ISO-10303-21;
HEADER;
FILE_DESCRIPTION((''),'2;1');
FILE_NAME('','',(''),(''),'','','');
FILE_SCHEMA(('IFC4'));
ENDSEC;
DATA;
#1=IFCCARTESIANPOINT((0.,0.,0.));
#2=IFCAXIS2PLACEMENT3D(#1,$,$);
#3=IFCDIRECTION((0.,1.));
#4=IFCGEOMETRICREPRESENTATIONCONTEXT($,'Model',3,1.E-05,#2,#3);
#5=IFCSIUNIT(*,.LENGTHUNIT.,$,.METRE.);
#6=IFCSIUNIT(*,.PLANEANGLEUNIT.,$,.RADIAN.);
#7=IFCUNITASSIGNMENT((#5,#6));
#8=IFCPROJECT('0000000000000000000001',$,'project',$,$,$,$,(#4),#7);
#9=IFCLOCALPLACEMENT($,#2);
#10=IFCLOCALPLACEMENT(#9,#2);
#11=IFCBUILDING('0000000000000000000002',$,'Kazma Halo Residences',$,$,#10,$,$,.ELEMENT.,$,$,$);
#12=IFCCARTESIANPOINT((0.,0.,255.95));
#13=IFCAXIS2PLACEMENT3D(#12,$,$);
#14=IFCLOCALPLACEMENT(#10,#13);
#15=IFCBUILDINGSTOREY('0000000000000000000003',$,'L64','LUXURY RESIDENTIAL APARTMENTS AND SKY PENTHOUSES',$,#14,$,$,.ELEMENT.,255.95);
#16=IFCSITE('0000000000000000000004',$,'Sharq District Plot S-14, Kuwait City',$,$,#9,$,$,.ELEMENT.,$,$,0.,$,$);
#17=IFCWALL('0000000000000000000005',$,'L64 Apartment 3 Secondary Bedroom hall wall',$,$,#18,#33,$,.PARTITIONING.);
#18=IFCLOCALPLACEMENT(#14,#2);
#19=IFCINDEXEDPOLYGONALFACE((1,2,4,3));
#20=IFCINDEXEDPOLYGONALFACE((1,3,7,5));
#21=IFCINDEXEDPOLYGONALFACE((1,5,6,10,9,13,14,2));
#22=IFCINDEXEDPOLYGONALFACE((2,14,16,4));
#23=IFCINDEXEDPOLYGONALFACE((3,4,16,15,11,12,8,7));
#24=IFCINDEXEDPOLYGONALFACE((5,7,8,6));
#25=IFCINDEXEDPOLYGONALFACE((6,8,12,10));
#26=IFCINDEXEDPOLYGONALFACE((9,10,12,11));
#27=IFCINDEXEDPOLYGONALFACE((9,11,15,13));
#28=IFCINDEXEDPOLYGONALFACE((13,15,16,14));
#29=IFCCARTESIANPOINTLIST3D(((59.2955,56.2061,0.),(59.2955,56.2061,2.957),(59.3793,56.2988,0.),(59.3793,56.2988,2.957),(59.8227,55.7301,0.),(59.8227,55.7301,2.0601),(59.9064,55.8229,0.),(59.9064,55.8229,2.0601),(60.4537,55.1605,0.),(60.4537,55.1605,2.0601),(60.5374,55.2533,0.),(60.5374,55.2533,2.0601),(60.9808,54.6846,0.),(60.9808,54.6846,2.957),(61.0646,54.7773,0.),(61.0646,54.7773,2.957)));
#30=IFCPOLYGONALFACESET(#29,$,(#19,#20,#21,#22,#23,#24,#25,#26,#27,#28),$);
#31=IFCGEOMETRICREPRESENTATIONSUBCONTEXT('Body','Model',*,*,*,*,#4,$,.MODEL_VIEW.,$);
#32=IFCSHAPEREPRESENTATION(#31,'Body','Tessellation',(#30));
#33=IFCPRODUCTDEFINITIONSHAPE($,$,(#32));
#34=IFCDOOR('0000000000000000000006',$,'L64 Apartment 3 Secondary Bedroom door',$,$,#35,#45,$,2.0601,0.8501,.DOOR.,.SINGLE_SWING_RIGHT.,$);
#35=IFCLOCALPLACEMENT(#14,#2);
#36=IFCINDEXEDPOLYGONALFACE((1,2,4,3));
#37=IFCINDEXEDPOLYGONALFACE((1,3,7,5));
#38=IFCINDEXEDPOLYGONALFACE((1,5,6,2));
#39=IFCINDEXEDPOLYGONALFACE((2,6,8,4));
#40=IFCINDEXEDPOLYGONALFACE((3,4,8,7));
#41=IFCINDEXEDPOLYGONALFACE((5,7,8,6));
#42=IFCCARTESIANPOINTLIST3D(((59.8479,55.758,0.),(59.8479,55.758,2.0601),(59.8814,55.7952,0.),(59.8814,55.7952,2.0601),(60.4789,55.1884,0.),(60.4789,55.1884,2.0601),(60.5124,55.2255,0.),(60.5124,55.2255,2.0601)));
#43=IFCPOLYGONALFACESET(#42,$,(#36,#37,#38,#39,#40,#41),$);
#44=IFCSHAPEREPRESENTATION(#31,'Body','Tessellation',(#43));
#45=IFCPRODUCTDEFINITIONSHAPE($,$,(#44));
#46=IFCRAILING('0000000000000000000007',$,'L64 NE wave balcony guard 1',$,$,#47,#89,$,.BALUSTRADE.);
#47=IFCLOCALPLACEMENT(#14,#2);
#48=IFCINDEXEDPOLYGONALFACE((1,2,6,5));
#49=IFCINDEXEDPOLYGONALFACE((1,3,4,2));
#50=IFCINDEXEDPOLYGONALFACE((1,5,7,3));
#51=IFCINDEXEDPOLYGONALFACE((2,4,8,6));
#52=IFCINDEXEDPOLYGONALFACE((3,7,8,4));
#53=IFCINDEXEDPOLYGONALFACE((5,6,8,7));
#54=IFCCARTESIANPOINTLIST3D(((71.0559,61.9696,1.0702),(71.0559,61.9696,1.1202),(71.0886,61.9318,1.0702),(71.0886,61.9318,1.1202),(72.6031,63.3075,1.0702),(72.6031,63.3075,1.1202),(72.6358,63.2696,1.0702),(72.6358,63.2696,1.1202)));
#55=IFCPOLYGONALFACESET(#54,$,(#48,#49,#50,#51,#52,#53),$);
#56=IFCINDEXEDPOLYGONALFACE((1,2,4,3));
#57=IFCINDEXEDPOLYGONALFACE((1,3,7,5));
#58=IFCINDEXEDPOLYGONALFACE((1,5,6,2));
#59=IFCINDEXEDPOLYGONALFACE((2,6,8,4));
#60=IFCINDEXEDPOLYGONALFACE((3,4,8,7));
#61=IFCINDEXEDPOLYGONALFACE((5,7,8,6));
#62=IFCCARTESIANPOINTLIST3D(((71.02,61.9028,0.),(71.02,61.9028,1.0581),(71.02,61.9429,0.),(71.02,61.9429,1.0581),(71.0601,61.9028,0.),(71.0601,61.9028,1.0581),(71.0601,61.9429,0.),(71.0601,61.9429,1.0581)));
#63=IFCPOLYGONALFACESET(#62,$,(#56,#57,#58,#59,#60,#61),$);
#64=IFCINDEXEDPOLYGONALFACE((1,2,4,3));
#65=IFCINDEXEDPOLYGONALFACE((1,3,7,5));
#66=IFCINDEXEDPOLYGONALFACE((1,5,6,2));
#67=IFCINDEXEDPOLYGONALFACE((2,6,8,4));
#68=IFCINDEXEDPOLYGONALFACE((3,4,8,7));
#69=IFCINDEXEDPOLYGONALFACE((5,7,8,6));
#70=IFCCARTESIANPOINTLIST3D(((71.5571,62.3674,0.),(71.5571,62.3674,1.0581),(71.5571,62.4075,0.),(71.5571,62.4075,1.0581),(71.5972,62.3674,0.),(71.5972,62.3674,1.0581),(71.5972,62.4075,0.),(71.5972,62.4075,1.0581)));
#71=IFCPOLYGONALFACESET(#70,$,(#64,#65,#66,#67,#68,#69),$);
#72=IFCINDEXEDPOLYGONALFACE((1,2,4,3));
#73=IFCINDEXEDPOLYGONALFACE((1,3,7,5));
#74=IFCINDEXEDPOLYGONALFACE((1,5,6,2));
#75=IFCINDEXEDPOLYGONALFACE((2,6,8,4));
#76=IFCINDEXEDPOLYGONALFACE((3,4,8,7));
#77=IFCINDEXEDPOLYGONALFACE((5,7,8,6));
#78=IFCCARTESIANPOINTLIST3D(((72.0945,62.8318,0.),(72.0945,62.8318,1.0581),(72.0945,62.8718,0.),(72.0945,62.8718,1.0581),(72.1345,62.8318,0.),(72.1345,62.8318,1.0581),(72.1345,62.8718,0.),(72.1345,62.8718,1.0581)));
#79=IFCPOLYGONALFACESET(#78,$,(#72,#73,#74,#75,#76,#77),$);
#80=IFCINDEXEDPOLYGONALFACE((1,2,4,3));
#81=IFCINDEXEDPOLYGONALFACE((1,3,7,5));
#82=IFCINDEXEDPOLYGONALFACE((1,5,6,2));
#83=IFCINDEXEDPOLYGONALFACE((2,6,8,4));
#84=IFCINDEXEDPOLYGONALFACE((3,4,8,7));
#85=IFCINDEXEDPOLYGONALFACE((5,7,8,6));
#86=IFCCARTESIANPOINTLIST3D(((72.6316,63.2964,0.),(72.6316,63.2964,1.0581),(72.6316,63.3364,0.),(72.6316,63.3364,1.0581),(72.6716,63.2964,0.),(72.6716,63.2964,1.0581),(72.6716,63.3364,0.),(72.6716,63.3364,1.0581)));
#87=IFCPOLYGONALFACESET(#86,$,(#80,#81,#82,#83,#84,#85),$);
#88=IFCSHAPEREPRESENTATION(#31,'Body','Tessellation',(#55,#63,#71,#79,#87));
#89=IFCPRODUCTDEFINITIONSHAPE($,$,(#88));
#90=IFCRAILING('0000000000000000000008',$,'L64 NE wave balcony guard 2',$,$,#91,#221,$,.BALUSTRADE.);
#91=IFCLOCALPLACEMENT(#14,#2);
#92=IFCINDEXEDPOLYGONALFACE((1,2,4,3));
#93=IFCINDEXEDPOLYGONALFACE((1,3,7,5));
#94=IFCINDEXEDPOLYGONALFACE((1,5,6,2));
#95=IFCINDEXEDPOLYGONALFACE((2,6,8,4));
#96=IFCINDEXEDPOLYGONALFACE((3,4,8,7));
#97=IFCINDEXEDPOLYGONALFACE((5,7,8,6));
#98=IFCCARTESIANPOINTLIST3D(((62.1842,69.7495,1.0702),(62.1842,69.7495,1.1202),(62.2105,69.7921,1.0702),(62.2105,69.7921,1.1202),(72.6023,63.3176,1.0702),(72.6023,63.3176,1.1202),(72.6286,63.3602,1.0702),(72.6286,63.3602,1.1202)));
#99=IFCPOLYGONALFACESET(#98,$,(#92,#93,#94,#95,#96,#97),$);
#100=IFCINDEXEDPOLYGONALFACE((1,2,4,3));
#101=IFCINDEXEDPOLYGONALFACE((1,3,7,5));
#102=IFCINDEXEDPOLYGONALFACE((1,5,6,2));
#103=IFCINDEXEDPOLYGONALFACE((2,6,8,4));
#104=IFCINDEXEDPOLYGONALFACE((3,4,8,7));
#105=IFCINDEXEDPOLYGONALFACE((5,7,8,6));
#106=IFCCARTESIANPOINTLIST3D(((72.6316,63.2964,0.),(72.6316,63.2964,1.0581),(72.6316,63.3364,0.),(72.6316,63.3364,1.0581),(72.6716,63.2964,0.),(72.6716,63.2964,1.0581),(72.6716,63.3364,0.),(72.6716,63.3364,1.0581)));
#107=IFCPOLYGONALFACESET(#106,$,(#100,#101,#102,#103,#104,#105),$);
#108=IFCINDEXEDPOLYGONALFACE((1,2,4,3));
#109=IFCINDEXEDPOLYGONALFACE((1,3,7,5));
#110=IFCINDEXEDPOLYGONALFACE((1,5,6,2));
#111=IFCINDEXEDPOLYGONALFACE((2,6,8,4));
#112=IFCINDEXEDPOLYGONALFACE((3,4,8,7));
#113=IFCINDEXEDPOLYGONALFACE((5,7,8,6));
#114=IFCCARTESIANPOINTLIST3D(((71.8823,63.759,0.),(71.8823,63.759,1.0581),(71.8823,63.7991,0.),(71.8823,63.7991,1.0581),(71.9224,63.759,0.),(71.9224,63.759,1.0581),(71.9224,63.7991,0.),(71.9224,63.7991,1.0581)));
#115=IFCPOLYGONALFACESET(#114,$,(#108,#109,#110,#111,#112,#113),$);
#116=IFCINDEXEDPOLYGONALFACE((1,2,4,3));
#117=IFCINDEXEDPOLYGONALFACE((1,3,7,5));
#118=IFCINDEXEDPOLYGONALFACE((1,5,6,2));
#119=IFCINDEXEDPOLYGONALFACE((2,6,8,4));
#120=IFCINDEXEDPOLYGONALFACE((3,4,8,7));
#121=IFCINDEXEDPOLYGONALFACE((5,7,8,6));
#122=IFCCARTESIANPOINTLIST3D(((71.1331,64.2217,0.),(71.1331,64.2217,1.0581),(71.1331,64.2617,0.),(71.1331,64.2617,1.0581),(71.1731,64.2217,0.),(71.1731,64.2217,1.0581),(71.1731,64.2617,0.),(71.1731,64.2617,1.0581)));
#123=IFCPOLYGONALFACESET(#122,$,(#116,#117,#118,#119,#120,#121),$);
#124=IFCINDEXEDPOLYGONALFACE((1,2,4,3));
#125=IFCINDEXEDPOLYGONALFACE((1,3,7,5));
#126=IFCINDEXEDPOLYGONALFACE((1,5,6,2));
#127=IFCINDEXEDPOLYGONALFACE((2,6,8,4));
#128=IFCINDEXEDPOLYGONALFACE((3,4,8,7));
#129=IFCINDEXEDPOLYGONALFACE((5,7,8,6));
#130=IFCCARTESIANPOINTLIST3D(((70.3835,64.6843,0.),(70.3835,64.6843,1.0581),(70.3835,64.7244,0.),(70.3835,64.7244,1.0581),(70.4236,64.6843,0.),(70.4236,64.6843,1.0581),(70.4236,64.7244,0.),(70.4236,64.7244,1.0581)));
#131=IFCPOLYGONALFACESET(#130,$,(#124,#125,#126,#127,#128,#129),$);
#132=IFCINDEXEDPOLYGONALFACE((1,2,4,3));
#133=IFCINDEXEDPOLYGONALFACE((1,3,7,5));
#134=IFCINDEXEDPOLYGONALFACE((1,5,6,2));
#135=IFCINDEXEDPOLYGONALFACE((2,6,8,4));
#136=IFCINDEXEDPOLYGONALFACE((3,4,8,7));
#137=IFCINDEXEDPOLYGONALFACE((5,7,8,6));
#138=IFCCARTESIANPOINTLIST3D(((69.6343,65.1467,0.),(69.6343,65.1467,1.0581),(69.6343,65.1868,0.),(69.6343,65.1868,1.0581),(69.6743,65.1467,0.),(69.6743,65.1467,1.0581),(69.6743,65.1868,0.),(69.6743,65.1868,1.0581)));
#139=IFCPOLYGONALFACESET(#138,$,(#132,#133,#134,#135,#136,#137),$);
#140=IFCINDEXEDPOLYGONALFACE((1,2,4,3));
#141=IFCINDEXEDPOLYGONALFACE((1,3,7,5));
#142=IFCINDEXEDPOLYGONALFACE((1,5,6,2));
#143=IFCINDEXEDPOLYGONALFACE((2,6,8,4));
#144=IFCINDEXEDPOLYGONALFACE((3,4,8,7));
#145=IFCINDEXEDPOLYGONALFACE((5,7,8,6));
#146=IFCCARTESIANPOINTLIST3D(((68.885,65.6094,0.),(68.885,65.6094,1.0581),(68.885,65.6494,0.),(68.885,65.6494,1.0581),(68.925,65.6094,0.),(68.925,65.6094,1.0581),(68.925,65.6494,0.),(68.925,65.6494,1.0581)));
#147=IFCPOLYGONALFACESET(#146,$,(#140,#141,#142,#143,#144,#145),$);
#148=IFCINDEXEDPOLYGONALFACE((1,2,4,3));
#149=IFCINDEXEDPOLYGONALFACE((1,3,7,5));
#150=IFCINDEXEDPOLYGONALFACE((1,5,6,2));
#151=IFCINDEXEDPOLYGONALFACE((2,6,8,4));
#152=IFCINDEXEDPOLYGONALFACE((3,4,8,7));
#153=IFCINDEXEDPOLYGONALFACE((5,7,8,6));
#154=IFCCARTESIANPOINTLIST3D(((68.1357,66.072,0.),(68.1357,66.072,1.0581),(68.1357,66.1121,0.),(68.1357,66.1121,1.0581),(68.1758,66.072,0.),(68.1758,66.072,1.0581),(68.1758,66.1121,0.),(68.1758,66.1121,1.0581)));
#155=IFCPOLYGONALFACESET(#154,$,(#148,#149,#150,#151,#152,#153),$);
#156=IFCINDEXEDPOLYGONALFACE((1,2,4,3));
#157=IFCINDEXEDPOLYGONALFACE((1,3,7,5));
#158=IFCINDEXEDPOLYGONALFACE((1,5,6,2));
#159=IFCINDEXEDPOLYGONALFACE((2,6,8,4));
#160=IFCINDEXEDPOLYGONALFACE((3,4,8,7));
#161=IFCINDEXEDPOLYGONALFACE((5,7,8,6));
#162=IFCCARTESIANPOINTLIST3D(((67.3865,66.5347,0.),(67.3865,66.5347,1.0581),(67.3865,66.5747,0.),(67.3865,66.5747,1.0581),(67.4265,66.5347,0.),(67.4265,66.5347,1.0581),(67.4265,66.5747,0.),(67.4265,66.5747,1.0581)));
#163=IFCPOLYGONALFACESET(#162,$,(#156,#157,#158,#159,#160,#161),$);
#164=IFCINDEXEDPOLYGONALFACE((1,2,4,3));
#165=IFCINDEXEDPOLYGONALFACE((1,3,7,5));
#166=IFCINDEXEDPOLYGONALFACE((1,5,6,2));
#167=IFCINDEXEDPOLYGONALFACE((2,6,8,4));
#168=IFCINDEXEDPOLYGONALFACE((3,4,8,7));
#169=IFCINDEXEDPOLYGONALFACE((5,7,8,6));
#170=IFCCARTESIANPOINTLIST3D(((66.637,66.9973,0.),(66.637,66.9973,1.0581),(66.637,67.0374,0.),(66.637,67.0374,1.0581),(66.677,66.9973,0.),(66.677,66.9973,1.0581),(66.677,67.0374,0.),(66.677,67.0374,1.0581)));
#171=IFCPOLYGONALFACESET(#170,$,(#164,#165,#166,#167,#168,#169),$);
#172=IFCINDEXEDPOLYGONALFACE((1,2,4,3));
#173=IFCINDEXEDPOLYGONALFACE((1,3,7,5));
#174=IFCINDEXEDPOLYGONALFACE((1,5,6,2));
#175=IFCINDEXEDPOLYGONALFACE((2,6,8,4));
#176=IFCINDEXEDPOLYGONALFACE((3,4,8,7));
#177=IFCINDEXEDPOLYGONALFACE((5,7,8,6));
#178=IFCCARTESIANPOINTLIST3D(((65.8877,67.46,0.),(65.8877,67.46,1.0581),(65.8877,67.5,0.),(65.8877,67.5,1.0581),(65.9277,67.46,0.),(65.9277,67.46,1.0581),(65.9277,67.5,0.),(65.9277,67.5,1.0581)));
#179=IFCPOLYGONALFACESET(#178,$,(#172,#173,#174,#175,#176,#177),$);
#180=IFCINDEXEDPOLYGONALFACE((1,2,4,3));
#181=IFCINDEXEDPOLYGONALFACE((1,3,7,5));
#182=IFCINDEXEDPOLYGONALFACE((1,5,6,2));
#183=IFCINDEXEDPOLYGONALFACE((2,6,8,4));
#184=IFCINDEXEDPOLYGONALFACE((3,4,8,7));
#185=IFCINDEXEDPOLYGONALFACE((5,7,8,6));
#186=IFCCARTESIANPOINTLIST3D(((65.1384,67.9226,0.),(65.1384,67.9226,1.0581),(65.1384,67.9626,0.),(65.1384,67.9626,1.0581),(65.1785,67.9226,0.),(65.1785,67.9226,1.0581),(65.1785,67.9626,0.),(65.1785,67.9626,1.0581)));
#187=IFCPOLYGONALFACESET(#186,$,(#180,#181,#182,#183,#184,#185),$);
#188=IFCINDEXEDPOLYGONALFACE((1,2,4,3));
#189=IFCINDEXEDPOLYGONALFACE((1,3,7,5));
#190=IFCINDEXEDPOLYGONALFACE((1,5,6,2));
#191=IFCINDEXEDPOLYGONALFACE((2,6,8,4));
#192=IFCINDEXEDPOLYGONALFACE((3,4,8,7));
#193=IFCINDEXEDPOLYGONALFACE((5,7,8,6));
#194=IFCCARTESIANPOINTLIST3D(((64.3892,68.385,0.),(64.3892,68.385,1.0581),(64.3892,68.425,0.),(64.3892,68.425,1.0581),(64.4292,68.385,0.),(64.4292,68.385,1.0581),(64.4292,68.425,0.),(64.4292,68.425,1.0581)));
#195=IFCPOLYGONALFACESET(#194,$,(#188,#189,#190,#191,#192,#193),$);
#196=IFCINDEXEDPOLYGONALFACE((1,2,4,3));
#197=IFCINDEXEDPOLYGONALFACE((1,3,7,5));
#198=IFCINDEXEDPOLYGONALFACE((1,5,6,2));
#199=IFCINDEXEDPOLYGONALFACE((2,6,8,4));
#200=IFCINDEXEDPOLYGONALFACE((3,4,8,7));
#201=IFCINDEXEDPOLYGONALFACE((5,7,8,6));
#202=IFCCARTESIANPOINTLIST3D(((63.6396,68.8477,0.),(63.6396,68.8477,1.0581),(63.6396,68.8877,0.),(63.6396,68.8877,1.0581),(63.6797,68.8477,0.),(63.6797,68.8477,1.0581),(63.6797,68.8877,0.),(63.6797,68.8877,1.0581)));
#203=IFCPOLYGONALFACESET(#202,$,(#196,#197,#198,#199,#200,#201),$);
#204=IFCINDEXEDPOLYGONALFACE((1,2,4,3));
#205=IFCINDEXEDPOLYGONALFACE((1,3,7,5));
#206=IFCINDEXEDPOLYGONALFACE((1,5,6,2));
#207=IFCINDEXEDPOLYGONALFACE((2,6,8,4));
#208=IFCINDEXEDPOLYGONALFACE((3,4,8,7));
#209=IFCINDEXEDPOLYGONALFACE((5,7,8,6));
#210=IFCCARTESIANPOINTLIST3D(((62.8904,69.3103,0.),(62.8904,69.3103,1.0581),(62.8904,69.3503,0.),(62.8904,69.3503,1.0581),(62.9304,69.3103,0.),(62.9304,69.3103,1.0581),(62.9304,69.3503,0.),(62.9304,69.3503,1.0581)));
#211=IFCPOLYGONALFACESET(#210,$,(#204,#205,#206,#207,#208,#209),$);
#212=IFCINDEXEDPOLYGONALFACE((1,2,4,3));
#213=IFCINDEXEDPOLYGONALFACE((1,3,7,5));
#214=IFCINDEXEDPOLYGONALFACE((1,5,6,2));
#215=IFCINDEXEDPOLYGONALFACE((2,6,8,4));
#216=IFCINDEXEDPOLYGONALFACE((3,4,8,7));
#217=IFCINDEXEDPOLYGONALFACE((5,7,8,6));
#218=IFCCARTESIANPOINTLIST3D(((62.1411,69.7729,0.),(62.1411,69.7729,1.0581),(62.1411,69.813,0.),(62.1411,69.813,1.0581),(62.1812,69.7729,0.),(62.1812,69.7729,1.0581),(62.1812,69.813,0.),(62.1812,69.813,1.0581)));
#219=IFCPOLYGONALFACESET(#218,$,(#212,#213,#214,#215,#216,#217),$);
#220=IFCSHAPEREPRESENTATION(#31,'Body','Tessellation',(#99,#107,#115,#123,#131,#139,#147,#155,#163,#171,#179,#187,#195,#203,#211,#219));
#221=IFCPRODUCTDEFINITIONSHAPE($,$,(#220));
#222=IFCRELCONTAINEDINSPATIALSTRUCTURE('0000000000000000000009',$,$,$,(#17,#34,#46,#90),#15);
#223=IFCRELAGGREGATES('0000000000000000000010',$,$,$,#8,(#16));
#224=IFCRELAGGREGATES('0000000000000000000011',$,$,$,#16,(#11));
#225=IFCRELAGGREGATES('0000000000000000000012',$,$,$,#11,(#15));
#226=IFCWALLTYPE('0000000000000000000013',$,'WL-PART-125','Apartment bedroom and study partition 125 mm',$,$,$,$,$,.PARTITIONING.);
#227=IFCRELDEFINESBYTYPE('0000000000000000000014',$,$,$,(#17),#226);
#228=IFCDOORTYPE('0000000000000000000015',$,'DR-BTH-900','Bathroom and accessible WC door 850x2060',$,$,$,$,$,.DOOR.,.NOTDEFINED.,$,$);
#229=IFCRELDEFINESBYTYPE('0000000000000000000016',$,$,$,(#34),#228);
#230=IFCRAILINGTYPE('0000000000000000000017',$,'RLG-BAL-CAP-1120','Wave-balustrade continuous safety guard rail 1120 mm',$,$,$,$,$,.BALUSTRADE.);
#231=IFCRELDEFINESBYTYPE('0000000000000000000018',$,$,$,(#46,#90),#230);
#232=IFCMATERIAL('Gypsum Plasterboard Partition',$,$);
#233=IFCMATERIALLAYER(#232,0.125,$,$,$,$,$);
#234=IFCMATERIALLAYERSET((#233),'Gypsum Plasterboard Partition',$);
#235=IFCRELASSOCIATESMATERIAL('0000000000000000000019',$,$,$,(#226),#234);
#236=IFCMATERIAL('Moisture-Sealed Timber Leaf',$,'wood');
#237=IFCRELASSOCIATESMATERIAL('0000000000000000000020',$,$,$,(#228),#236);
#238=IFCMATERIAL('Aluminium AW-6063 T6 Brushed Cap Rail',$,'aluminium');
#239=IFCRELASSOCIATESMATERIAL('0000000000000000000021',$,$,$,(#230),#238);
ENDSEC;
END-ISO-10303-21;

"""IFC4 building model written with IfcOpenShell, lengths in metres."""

from ifc_helpers import new_model, si_unit, direction, frame, frame_2d, origin, origin_2d, place, context, subcontext, project, spatial, rectangle, extrude, material, layer, layer_set, type_object, element, fill, save


model = new_model("IFC4")

# Units and contexts
model_context = context("Model", 3, precision=1e-05, world=origin(), true_north=direction((0.0, 1.0)))
body_context = subcontext(model_context, "Body", "Model", "MODEL_VIEW")
ifc_project = project(units=[si_unit("LENGTHUNIT", "METRE"), si_unit("PLANEANGLEUNIT", "RADIAN")], contexts=[model_context])

# Site, building, storey
site_placement = place(None, origin())
site = spatial("IfcSite", under=ifc_project, at=site_placement, Name="Sharq District Plot S-14, Kuwait City", CompositionType="ELEMENT", RefElevation=0.0)
building_placement = place(site_placement, origin())
building = spatial("IfcBuilding", under=site, at=building_placement, Name="Kazma Halo Residences", CompositionType="ELEMENT")
storey_placement = place(building_placement, frame((0.0, 0.0, 255.95)))
storey = spatial("IfcBuildingStorey", under=building, at=storey_placement, Name="L64", Description="LUXURY RESIDENTIAL APARTMENTS AND SKY PENTHOUSES", CompositionType="ELEMENT", Elevation=255.95)

# Shared definitions
ifc_material_1 = material(Name="Gypsum Plasterboard Partition")
ifc_layer_1 = layer(ifc_material_1, 0.125)
ifc_layer_set_1 = layer_set([ifc_layer_1], Name="Gypsum Plasterboard Partition")
wall_type_1 = type_object("IfcWallType", Name="WL-PART-125", Description="Apartment bedroom and study partition 125 mm", PredefinedType="PARTITIONING", material=ifc_layer_set_1)

# Wall, opening, door
wall_1_placement = place(storey_placement, frame((61.0227, 54.731, 0.0), z_axis=(0.0, 0.0, 1.0), x_axis=(-0.742261, 0.67011, 0.0)))
wall_1 = element("IfcWall", 1, at=wall_1_placement, inside=storey, type_object=wall_type_1, Name="L64 Apartment 3 Secondary Bedroom hall wall", PredefinedType="PARTITIONING", context=body_context, shape_type="SweptSolid", body=[
    extrude(rectangle(XDim=2.2705, YDim=0.125, at=frame_2d((1.1353, 0.0))), origin(), (0.0, 0.0, 1.0), 2.957),
])
opening_1_placement = place(wall_1_placement, frame((0.7102, 0.0, 0.0)))
opening_1 = element("IfcOpeningElement", 2, at=opening_1_placement, cuts=wall_1, PredefinedType="OPENING", context=body_context, shape_type="SweptSolid", body=[
    extrude(rectangle(XDim=0.8501, YDim=2.0601, at=frame_2d((0.425, 1.03))), frame((0.0, 0.0725, 0.0), z_axis=(0.0, -1.0, 0.0), x_axis=(1.0, 0.0, 0.0)), (0.0, 0.0, 1.0), 0.145),
])
ifc_material_2 = material(Name="Moisture-Sealed Timber Leaf", Category="wood")
door_type_1 = type_object("IfcDoorType", Name="DR-BTH-900", Description="Bathroom and accessible WC door 850x2060", OperationType="NOTDEFINED", PredefinedType="DOOR", material=ifc_material_2)
door_1_placement = place(opening_1_placement, origin())
door_1 = element("IfcDoor", 3, at=door_1_placement, inside=storey, type_object=door_type_1, Name="L64 Apartment 3 Secondary Bedroom door", OperationType="SINGLE_SWING_RIGHT", OverallHeight=2.0601, OverallWidth=0.8501, PredefinedType="DOOR", context=body_context, shape_type="SweptSolid", body=[
    extrude(rectangle(XDim=0.8501, YDim=2.0601, at=frame_2d((0.425, 1.03))), frame((0.0, 0.0249, 0.0), z_axis=(0.0, -1.0, 0.0), x_axis=(1.0, 0.0, 0.0)), (0.0, 0.0, 1.0), 0.05),
])
fill(opening_1, door_1)

# Railings
ifc_material_3 = material(Name="Aluminium AW-6063 T6 Brushed Cap Rail", Category="aluminium")
railing_type = type_object("IfcRailingType", Name="RLG-BAL-CAP-1120", Description="Wave-balustrade continuous safety guard rail 1120 mm", PredefinedType="BALUSTRADE", material=ifc_material_3)
railing_1_placement = place(storey_placement, frame((71.04, 61.9229, 0.0)))
element("IfcRailing", 4, at=railing_1_placement, inside=storey, type_object=railing_type, Name="L64 NE wave balcony guard 1", PredefinedType="BALUSTRADE", context=body_context, shape_type="SweptSolid", body=[
    extrude(rectangle(XDim=0.05, YDim=0.05, at=origin_2d()), frame((0.0322, 0.0278, 1.0952), z_axis=(0.756418, 0.654088, 0.0), x_axis=(-0.654088, 0.756418, 0.0)), (0.0, 0.0, 1.0), 2.0454),
    extrude(rectangle(XDim=0.04, YDim=0.04, at=origin_2d()), origin(), (0.0, 0.0, 1.0), 1.0581),
    extrude(rectangle(XDim=0.04, YDim=0.04, at=origin_2d()), frame((0.5371, 0.4646, 0.0)), (0.0, 0.0, 1.0), 1.0581),
    extrude(rectangle(XDim=0.04, YDim=0.04, at=origin_2d()), frame((1.0745, 0.929, 0.0)), (0.0, 0.0, 1.0), 1.0581),
    extrude(rectangle(XDim=0.04, YDim=0.04, at=origin_2d()), frame((1.6116, 1.3936, 0.0)), (0.0, 0.0, 1.0), 1.0581),
])
railing_2_placement = place(storey_placement, frame((72.6516, 63.3164, 0.0)))
element("IfcRailing", 5, at=railing_2_placement, inside=storey, type_object=railing_type, Name="L64 NE wave balcony guard 2", PredefinedType="BALUSTRADE", context=body_context, shape_type="SweptSolid", body=[
    extrude(rectangle(XDim=0.05, YDim=0.05, at=origin_2d()), frame((-0.0361, 0.0225, 1.0952), z_axis=(-0.850901, 0.525325, 0.0), x_axis=(-0.525325, -0.850901, 0.0)), (0.0, 0.0, 1.0), 12.2437),
    extrude(rectangle(XDim=0.04, YDim=0.04, at=origin_2d()), origin(), (0.0, 0.0, 1.0), 1.0581),
    extrude(rectangle(XDim=0.04, YDim=0.04, at=origin_2d()), frame((-0.7493, 0.4626, 0.0)), (0.0, 0.0, 1.0), 1.0581),
    extrude(rectangle(XDim=0.04, YDim=0.04, at=origin_2d()), frame((-1.4985, 0.9253, 0.0)), (0.0, 0.0, 1.0), 1.0581),
    extrude(rectangle(XDim=0.04, YDim=0.04, at=origin_2d()), frame((-2.248, 1.3879, 0.0)), (0.0, 0.0, 1.0), 1.0581),
    extrude(rectangle(XDim=0.04, YDim=0.04, at=origin_2d()), frame((-2.9973, 1.8503, 0.0)), (0.0, 0.0, 1.0), 1.0581),
    extrude(rectangle(XDim=0.04, YDim=0.04, at=origin_2d()), frame((-3.7466, 2.313, 0.0)), (0.0, 0.0, 1.0), 1.0581),
    extrude(rectangle(XDim=0.04, YDim=0.04, at=origin_2d()), frame((-4.4958, 2.7756, 0.0)), (0.0, 0.0, 1.0), 1.0581),
    extrude(rectangle(XDim=0.04, YDim=0.04, at=origin_2d()), frame((-5.2451, 3.2383, 0.0)), (0.0, 0.0, 1.0), 1.0581),
    extrude(rectangle(XDim=0.04, YDim=0.04, at=origin_2d()), frame((-5.9946, 3.7009, 0.0)), (0.0, 0.0, 1.0), 1.0581),
    extrude(rectangle(XDim=0.04, YDim=0.04, at=origin_2d()), frame((-6.7439, 4.1636, 0.0)), (0.0, 0.0, 1.0), 1.0581),
    extrude(rectangle(XDim=0.04, YDim=0.04, at=origin_2d()), frame((-7.4932, 4.6262, 0.0)), (0.0, 0.0, 1.0), 1.0581),
    extrude(rectangle(XDim=0.04, YDim=0.04, at=origin_2d()), frame((-8.2424, 5.0886, 0.0)), (0.0, 0.0, 1.0), 1.0581),
    extrude(rectangle(XDim=0.04, YDim=0.04, at=origin_2d()), frame((-8.9919, 5.5513, 0.0)), (0.0, 0.0, 1.0), 1.0581),
    extrude(rectangle(XDim=0.04, YDim=0.04, at=origin_2d()), frame((-9.7412, 6.0139, 0.0)), (0.0, 0.0, 1.0), 1.0581),
    extrude(rectangle(XDim=0.04, YDim=0.04, at=origin_2d()), frame((-10.4905, 6.4766, 0.0)), (0.0, 0.0, 1.0), 1.0581),
])

save(model, "model.ifc")
